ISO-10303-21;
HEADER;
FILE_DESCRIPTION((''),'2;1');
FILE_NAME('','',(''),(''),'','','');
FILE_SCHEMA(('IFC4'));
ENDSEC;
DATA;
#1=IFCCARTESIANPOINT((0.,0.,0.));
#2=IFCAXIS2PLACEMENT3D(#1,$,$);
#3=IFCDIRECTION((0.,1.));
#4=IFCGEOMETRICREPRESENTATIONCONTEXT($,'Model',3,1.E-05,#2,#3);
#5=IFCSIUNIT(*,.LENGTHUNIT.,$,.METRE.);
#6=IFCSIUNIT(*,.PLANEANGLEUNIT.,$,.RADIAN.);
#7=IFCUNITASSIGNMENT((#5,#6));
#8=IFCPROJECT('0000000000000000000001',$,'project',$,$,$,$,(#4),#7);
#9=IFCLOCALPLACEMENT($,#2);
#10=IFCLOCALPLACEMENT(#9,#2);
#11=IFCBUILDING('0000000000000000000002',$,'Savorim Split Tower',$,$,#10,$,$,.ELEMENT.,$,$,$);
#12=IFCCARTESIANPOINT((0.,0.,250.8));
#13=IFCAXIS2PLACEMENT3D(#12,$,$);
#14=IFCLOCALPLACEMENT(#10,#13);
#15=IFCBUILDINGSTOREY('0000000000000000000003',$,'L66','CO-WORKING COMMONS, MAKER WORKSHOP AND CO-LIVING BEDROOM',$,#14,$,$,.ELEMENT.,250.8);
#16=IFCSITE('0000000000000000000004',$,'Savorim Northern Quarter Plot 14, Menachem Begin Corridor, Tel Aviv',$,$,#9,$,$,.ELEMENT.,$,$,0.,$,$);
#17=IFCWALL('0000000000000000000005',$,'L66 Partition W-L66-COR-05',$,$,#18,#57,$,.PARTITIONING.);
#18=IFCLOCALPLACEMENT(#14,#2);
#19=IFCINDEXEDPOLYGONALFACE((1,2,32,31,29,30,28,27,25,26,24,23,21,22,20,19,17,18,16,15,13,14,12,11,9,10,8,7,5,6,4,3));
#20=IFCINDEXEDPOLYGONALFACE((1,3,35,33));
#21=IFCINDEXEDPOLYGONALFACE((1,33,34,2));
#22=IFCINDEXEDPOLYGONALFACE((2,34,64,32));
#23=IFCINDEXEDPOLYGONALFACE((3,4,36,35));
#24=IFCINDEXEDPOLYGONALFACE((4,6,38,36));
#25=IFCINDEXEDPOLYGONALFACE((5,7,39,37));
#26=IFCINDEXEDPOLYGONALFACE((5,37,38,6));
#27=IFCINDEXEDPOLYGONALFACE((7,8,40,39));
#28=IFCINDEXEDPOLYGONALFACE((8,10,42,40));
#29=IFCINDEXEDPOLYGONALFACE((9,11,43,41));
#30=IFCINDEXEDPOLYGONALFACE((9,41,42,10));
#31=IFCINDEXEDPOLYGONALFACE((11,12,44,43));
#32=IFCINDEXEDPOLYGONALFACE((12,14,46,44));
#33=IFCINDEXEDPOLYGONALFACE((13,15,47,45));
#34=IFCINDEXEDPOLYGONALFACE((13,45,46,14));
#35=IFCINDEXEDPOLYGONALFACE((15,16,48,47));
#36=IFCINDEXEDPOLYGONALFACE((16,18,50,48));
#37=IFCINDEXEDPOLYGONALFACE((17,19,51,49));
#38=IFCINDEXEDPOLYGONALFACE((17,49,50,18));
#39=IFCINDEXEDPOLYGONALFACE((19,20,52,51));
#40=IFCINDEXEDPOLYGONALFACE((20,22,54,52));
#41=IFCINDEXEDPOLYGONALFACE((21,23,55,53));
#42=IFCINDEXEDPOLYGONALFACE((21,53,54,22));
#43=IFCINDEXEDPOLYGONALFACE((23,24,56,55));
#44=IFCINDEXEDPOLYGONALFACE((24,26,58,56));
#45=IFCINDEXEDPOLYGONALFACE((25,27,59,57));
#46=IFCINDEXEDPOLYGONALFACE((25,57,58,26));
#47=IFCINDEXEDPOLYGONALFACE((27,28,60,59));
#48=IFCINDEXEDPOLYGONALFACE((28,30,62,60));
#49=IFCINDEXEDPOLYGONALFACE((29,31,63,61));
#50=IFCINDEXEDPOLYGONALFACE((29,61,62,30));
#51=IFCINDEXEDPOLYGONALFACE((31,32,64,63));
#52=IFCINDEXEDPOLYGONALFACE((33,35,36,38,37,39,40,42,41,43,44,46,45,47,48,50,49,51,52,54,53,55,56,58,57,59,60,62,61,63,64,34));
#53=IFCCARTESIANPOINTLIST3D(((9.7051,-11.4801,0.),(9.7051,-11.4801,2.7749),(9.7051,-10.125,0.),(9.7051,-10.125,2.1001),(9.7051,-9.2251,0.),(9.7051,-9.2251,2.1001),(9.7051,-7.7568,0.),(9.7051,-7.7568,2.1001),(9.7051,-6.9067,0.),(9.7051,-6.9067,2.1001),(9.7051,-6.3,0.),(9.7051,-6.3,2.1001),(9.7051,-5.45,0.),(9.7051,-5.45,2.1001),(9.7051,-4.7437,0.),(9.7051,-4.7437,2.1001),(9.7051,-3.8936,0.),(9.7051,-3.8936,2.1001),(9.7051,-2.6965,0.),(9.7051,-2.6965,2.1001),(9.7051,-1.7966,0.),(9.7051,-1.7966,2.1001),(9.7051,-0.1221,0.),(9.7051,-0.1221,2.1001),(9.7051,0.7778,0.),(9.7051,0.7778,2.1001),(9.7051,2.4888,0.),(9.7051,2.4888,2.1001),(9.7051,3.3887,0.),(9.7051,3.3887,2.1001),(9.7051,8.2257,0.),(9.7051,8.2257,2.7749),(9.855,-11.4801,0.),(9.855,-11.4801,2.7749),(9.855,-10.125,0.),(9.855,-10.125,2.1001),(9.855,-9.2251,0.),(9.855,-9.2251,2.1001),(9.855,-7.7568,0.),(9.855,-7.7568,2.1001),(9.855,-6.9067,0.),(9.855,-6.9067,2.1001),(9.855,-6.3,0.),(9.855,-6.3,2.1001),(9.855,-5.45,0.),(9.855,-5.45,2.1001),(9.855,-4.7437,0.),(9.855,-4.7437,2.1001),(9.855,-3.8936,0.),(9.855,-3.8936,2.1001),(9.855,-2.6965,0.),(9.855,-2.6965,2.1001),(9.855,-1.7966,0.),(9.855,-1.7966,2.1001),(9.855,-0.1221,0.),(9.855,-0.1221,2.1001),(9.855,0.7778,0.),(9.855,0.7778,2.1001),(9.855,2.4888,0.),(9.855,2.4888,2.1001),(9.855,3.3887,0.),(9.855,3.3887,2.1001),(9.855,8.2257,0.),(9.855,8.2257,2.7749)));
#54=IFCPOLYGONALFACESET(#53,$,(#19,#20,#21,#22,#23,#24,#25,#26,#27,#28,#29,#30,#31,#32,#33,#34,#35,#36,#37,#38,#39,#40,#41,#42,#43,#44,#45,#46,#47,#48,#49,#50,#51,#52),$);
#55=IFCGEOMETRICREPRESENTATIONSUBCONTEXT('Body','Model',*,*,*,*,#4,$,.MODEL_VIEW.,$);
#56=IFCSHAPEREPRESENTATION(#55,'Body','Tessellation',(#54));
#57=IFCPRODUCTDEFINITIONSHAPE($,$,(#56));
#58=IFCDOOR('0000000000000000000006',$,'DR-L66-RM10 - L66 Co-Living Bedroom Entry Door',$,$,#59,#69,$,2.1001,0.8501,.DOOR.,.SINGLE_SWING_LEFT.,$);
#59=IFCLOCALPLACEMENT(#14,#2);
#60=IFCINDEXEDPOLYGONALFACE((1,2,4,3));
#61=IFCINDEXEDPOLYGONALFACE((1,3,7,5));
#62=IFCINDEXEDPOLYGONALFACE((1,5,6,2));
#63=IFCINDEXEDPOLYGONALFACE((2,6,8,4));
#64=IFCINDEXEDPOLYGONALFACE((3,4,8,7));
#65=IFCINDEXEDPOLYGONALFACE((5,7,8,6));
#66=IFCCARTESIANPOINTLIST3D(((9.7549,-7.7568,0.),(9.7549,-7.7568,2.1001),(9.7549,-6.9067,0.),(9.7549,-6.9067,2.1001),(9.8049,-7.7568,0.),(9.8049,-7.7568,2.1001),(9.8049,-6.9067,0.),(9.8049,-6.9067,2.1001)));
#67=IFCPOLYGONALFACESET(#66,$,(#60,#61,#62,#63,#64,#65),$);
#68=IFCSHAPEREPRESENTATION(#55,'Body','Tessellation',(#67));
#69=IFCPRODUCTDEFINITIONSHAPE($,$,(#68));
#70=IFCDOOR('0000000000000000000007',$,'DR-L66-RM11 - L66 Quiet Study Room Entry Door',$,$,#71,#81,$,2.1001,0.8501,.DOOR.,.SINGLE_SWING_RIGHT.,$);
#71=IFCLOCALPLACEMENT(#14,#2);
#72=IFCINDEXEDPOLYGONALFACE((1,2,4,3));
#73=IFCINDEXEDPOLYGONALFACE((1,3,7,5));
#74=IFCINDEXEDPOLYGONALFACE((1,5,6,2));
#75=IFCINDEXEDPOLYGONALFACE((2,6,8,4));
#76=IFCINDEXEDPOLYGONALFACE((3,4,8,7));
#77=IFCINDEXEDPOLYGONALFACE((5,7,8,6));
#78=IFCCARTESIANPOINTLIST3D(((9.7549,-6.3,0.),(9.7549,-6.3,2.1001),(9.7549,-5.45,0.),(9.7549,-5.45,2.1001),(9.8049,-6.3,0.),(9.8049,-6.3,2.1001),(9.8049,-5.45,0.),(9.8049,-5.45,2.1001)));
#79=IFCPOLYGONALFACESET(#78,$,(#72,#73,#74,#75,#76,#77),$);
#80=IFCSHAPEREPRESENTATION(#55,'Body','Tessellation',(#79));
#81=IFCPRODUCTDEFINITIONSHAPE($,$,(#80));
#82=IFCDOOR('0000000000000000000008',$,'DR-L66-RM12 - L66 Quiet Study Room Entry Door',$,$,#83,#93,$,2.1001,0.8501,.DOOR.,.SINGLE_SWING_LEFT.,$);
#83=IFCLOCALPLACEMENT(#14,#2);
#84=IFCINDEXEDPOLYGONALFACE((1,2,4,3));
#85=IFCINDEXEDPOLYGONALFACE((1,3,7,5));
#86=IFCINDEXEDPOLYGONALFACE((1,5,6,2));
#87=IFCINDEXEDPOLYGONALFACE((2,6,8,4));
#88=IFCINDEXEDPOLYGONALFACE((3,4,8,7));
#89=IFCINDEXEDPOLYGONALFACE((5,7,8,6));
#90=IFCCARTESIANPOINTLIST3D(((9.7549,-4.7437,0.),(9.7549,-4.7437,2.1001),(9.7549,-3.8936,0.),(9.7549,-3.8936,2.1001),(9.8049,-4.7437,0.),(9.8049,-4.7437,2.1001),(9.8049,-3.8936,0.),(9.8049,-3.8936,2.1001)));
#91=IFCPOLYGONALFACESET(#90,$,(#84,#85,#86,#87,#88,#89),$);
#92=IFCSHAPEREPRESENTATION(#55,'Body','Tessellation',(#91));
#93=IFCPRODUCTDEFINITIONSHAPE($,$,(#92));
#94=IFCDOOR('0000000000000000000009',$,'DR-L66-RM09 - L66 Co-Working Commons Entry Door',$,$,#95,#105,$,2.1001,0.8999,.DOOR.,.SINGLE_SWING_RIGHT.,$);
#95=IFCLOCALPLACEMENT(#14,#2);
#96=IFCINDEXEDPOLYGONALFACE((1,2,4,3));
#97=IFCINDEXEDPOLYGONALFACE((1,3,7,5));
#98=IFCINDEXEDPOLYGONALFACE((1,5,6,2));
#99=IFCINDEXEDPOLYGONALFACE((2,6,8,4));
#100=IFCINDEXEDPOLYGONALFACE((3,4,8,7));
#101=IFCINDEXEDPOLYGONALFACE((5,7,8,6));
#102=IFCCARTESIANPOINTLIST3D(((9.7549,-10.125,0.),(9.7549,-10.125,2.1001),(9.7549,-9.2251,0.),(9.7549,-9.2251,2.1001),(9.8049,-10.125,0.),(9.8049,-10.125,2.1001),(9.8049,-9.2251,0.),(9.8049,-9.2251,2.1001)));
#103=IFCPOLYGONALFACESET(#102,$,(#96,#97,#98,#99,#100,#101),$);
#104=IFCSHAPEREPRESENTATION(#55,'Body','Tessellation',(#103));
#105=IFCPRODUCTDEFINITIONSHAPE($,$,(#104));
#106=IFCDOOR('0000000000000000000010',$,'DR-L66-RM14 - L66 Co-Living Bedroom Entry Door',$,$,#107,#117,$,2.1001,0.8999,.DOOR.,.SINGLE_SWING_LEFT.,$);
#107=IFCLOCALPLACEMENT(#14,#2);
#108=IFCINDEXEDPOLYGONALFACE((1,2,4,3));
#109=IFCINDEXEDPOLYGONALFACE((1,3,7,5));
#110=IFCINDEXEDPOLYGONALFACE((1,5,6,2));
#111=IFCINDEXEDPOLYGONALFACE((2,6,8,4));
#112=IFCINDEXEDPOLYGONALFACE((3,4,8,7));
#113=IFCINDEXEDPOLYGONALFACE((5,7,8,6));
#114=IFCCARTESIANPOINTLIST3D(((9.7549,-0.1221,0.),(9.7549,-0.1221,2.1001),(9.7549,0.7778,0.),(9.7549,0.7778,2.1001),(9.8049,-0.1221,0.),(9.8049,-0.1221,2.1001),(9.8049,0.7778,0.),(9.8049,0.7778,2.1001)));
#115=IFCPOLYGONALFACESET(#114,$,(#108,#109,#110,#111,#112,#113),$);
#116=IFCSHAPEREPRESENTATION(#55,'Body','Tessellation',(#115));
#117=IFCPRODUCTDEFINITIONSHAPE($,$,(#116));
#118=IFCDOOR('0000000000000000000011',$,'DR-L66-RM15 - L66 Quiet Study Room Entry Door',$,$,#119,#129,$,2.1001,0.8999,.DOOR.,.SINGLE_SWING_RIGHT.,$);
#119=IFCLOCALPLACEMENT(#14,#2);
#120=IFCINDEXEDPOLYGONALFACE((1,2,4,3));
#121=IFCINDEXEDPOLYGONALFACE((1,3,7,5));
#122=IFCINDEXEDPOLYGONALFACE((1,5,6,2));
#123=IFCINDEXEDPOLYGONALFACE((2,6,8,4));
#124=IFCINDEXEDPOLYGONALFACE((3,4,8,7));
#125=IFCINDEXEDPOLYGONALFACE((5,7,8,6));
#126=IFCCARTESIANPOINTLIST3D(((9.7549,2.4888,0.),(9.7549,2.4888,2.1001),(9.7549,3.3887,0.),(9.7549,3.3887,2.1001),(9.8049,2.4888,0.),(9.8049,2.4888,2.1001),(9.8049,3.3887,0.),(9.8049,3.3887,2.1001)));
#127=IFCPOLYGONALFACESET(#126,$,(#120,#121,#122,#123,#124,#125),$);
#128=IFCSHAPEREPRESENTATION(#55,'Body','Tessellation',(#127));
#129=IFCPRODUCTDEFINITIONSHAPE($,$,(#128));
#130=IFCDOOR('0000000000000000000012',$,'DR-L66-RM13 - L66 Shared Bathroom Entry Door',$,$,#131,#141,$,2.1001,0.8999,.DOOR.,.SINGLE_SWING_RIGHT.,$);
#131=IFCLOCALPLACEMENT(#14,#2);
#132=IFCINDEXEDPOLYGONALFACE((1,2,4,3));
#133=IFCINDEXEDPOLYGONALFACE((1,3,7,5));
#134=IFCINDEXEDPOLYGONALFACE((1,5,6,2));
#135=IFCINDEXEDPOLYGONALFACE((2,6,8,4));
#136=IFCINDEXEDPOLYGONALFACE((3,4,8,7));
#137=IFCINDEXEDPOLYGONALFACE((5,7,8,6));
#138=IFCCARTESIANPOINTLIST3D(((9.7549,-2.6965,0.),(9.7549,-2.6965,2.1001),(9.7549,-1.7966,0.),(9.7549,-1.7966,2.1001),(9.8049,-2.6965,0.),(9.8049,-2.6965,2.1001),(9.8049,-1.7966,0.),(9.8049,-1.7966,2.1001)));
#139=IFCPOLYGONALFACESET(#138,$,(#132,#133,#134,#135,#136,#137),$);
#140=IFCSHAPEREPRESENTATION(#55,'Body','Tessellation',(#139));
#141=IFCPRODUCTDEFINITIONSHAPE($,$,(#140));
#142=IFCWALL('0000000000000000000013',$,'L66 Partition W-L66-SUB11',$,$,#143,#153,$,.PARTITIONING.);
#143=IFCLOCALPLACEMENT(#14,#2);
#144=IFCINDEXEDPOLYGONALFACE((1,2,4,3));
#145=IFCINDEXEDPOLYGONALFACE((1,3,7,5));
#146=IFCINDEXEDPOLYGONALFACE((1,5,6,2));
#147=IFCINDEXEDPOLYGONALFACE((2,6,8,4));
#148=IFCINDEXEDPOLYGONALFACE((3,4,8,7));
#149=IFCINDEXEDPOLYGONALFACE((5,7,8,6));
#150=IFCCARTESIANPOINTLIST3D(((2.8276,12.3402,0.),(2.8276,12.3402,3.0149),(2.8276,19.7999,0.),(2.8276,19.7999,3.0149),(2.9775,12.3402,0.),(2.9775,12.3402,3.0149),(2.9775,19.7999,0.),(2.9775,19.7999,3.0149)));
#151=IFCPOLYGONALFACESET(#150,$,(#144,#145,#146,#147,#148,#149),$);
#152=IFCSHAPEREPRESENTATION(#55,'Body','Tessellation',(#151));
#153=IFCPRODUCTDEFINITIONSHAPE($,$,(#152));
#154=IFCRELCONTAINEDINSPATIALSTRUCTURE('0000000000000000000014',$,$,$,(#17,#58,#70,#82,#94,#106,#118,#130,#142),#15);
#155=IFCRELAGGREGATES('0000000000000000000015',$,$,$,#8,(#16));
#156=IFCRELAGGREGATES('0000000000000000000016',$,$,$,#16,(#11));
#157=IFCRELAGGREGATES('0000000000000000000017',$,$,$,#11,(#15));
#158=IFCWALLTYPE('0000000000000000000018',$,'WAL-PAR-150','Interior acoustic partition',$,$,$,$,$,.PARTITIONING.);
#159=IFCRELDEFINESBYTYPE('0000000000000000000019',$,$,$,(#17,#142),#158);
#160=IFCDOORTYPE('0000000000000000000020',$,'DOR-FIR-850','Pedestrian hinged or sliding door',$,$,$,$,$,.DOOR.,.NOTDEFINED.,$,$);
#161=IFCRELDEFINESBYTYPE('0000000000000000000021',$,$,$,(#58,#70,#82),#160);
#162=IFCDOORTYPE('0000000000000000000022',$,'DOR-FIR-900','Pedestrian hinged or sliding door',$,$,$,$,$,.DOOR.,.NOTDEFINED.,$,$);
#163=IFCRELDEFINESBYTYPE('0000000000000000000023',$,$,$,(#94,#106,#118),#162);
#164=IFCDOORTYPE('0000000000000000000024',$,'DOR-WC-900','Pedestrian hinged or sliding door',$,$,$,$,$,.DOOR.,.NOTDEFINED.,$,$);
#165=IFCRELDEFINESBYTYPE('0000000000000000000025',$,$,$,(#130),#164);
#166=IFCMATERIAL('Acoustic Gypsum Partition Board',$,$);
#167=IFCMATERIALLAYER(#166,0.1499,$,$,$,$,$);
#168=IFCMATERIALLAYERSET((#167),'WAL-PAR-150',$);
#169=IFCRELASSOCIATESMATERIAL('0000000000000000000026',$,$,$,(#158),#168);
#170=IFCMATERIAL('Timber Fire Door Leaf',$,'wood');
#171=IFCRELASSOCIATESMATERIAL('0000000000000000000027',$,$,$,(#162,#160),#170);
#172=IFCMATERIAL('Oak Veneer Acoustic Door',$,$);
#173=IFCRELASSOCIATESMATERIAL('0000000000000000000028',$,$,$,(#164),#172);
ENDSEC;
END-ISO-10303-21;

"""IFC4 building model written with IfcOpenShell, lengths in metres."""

from ifc_helpers import new_model, si_unit, direction, frame, frame_2d, origin, place, context, subcontext, project, spatial, rectangle, extrude, material, layer, layer_set, type_object, element, fill, save


model = new_model("IFC4")

# Units and contexts
model_context = context("Model", 3, precision=1e-05, world=origin(), true_north=direction((0.0, 1.0)))
body_context = subcontext(model_context, "Body", "Model", "MODEL_VIEW")
ifc_project = project(units=[si_unit("LENGTHUNIT", "METRE"), si_unit("PLANEANGLEUNIT", "RADIAN")], contexts=[model_context])

# Site, building, storey
site_placement = place(None, origin())
site = spatial("IfcSite", under=ifc_project, at=site_placement, Name="Savorim Northern Quarter Plot 14, Menachem Begin Corridor, Tel Aviv", CompositionType="ELEMENT", RefElevation=0.0)
building_placement = place(site_placement, origin())
building = spatial("IfcBuilding", under=site, at=building_placement, Name="Savorim Split Tower", CompositionType="ELEMENT")
storey_placement = place(building_placement, frame((0.0, 0.0, 250.8)))
storey = spatial("IfcBuildingStorey", under=building, at=storey_placement, Name="L66", Description="CO-WORKING COMMONS, MAKER WORKSHOP AND CO-LIVING BEDROOM", CompositionType="ELEMENT", Elevation=250.8)

# Shared definitions
ifc_material_1 = material(Name="Timber Fire Door Leaf", Category="wood")

# Shared definitions
ifc_material_2 = material(Name="Acoustic Gypsum Partition Board")
ifc_layer_1 = layer(ifc_material_2, 0.1499)
ifc_layer_set_1 = layer_set([ifc_layer_1], Name="WAL-PAR-150")
wall_type_1 = type_object("IfcWallType", Name="WAL-PAR-150", Description="Interior acoustic partition", PredefinedType="PARTITIONING", material=ifc_layer_set_1)
door_type_1 = type_object("IfcDoorType", Name="DOR-FIR-900", Description="Pedestrian hinged or sliding door", OperationType="NOTDEFINED", PredefinedType="DOOR", material=ifc_material_1)

# Wall, openings, doors
wall_1_placement = place(storey_placement, frame((9.78, 8.2258, 0.0), z_axis=(0.0, 0.0, 1.0), x_axis=(0.0, -1.0, 0.0)))
wall_1 = element("IfcWall", 1, at=wall_1_placement, inside=storey, type_object=wall_type_1, Name="L66 Partition W-L66-COR-05", PredefinedType="PARTITIONING", context=body_context, shape_type="SweptSolid", body=[
    extrude(rectangle(XDim=19.7058, YDim=0.1499, at=frame_2d((9.853, 0.0))), origin(), (0.0, 0.0, 1.0), 2.7749),
])
opening_1_placement = place(wall_1_placement, frame((17.4509, 0.0, 0.0)))
opening_1 = element("IfcOpeningElement", 2, at=opening_1_placement, cuts=wall_1, PredefinedType="OPENING", context=body_context, shape_type="SweptSolid", body=[
    extrude(rectangle(XDim=0.8999, YDim=2.1001, at=frame_2d((0.45, 1.05))), frame((0.0, 0.085, 0.0), z_axis=(0.0, -1.0, 0.0), x_axis=(1.0, 0.0, 0.0)), (0.0, 0.0, 1.0), 0.1699),
])
opening_2_placement = place(wall_1_placement, frame((15.1326, 0.0, 0.0)))
opening_2 = element("IfcOpeningElement", 3, at=opening_2_placement, cuts=wall_1, PredefinedType="OPENING", context=body_context, shape_type="SweptSolid", body=[
    extrude(rectangle(XDim=0.8501, YDim=2.1001, at=frame_2d((0.425, 1.05))), frame((0.0, 0.085, 0.0), z_axis=(0.0, -1.0, 0.0), x_axis=(1.0, 0.0, 0.0)), (0.0, 0.0, 1.0), 0.1699),
])
opening_3_placement = place(wall_1_placement, frame((13.6758, 0.0, 0.0)))
opening_3 = element("IfcOpeningElement", 4, at=opening_3_placement, cuts=wall_1, PredefinedType="OPENING", context=body_context, shape_type="SweptSolid", body=[
    extrude(rectangle(XDim=0.8501, YDim=2.1001, at=frame_2d((0.425, 1.05))), frame((0.0, 0.085, 0.0), z_axis=(0.0, -1.0, 0.0), x_axis=(1.0, 0.0, 0.0)), (0.0, 0.0, 1.0), 0.1699),
])
opening_4_placement = place(wall_1_placement, frame((12.1194, 0.0, 0.0)))
opening_4 = element("IfcOpeningElement", 5, at=opening_4_placement, cuts=wall_1, PredefinedType="OPENING", context=body_context, shape_type="SweptSolid", body=[
    extrude(rectangle(XDim=0.8501, YDim=2.1001, at=frame_2d((0.425, 1.05))), frame((0.0, 0.085, 0.0), z_axis=(0.0, -1.0, 0.0), x_axis=(1.0, 0.0, 0.0)), (0.0, 0.0, 1.0), 0.1699),
])
opening_5_placement = place(wall_1_placement, frame((10.0225, 0.0, 0.0)))
opening_5 = element("IfcOpeningElement", 6, at=opening_5_placement, cuts=wall_1, PredefinedType="OPENING", context=body_context, shape_type="SweptSolid", body=[
    extrude(rectangle(XDim=0.8999, YDim=2.1001, at=frame_2d((0.45, 1.05))), frame((0.0, 0.085, 0.0), z_axis=(0.0, -1.0, 0.0), x_axis=(1.0, 0.0, 0.0)), (0.0, 0.0, 1.0), 0.1699),
])
opening_6_placement = place(wall_1_placement, frame((7.448, 0.0, 0.0)))
opening_6 = element("IfcOpeningElement", 7, at=opening_6_placement, cuts=wall_1, PredefinedType="OPENING", context=body_context, shape_type="SweptSolid", body=[
    extrude(rectangle(XDim=0.8999, YDim=2.1001, at=frame_2d((0.45, 1.05))), frame((0.0, 0.085, 0.0), z_axis=(0.0, -1.0, 0.0), x_axis=(1.0, 0.0, 0.0)), (0.0, 0.0, 1.0), 0.1699),
])
opening_7_placement = place(wall_1_placement, frame((4.8372, 0.0, 0.0)))
opening_7 = element("IfcOpeningElement", 8, at=opening_7_placement, cuts=wall_1, PredefinedType="OPENING", context=body_context, shape_type="SweptSolid", body=[
    extrude(rectangle(XDim=0.8999, YDim=2.1001, at=frame_2d((0.45, 1.05))), frame((0.0, 0.085, 0.0), z_axis=(0.0, -1.0, 0.0), x_axis=(1.0, 0.0, 0.0)), (0.0, 0.0, 1.0), 0.1699),
])
door_type_2 = type_object("IfcDoorType", Name="DOR-FIR-850", Description="Pedestrian hinged or sliding door", OperationType="NOTDEFINED", PredefinedType="DOOR", material=ifc_material_1)
door_1_placement = place(opening_2_placement, origin())
door_1 = element("IfcDoor", 9, at=door_1_placement, inside=storey, type_object=door_type_2, Name="DR-L66-RM10 - L66 Co-Living Bedroom Entry Door", OperationType="SINGLE_SWING_LEFT", OverallHeight=2.1001, OverallWidth=0.8501, PredefinedType="DOOR", context=body_context, shape_type="SweptSolid", body=[
    extrude(rectangle(XDim=0.8501, YDim=2.1001, at=frame_2d((0.425, 1.05))), frame((0.0, 0.0249, 0.0), z_axis=(0.0, -1.0, 0.0), x_axis=(1.0, 0.0, 0.0)), (0.0, 0.0, 1.0), 0.05),
])
fill(opening_2, door_1)
door_2_placement = place(opening_3_placement, origin())
door_2 = element("IfcDoor", 10, at=door_2_placement, inside=storey, type_object=door_type_2, Name="DR-L66-RM11 - L66 Quiet Study Room Entry Door", OperationType="SINGLE_SWING_RIGHT", OverallHeight=2.1001, OverallWidth=0.8501, PredefinedType="DOOR", context=body_context, shape_type="SweptSolid", body=[
    extrude(rectangle(XDim=0.8501, YDim=2.1001, at=frame_2d((0.425, 1.05))), frame((0.0, 0.0249, 0.0), z_axis=(0.0, -1.0, 0.0), x_axis=(1.0, 0.0, 0.0)), (0.0, 0.0, 1.0), 0.05),
])
fill(opening_3, door_2)
door_3_placement = place(opening_4_placement, origin())
door_3 = element("IfcDoor", 11, at=door_3_placement, inside=storey, type_object=door_type_2, Name="DR-L66-RM12 - L66 Quiet Study Room Entry Door", OperationType="SINGLE_SWING_LEFT", OverallHeight=2.1001, OverallWidth=0.8501, PredefinedType="DOOR", context=body_context, shape_type="SweptSolid", body=[
    extrude(rectangle(XDim=0.8501, YDim=2.1001, at=frame_2d((0.425, 1.05))), frame((0.0, 0.0249, 0.0), z_axis=(0.0, -1.0, 0.0), x_axis=(1.0, 0.0, 0.0)), (0.0, 0.0, 1.0), 0.05),
])
fill(opening_4, door_3)
door_4_placement = place(opening_1_placement, origin())
door_4 = element("IfcDoor", 12, at=door_4_placement, inside=storey, type_object=door_type_1, Name="DR-L66-RM09 - L66 Co-Working Commons Entry Door", OperationType="SINGLE_SWING_RIGHT", OverallHeight=2.1001, OverallWidth=0.8999, PredefinedType="DOOR", context=body_context, shape_type="SweptSolid", body=[
    extrude(rectangle(XDim=0.8999, YDim=2.1001, at=frame_2d((0.45, 1.05))), frame((0.0, 0.0249, 0.0), z_axis=(0.0, -1.0, 0.0), x_axis=(1.0, 0.0, 0.0)), (0.0, 0.0, 1.0), 0.05),
])
fill(opening_1, door_4)
door_5_placement = place(opening_6_placement, origin())
door_5 = element("IfcDoor", 13, at=door_5_placement, inside=storey, type_object=door_type_1, Name="DR-L66-RM14 - L66 Co-Living Bedroom Entry Door", OperationType="SINGLE_SWING_LEFT", OverallHeight=2.1001, OverallWidth=0.8999, PredefinedType="DOOR", context=body_context, shape_type="SweptSolid", body=[
    extrude(rectangle(XDim=0.8999, YDim=2.1001, at=frame_2d((0.45, 1.05))), frame((0.0, 0.0249, 0.0), z_axis=(0.0, -1.0, 0.0), x_axis=(1.0, 0.0, 0.0)), (0.0, 0.0, 1.0), 0.05),
])
fill(opening_6, door_5)
door_6_placement = place(opening_7_placement, origin())
door_6 = element("IfcDoor", 14, at=door_6_placement, inside=storey, type_object=door_type_1, Name="DR-L66-RM15 - L66 Quiet Study Room Entry Door", OperationType="SINGLE_SWING_RIGHT", OverallHeight=2.1001, OverallWidth=0.8999, PredefinedType="DOOR", context=body_context, shape_type="SweptSolid", body=[
    extrude(rectangle(XDim=0.8999, YDim=2.1001, at=frame_2d((0.45, 1.05))), frame((0.0, 0.0249, 0.0), z_axis=(0.0, -1.0, 0.0), x_axis=(1.0, 0.0, 0.0)), (0.0, 0.0, 1.0), 0.05),
])
fill(opening_7, door_6)
ifc_material_3 = material(Name="Oak Veneer Acoustic Door")
door_type_3 = type_object("IfcDoorType", Name="DOR-WC-900", Description="Pedestrian hinged or sliding door", OperationType="NOTDEFINED", PredefinedType="DOOR", material=ifc_material_3)
door_7_placement = place(opening_5_placement, origin())
door_7 = element("IfcDoor", 15, at=door_7_placement, inside=storey, type_object=door_type_3, Name="DR-L66-RM13 - L66 Shared Bathroom Entry Door", OperationType="SINGLE_SWING_RIGHT", OverallHeight=2.1001, OverallWidth=0.8999, PredefinedType="DOOR", context=body_context, shape_type="SweptSolid", body=[
    extrude(rectangle(XDim=0.8999, YDim=2.1001, at=frame_2d((0.45, 1.05))), frame((0.0, 0.0249, 0.0), z_axis=(0.0, -1.0, 0.0), x_axis=(1.0, 0.0, 0.0)), (0.0, 0.0, 1.0), 0.05),
])
fill(opening_5, door_7)

# Wall
wall_2_placement = place(storey_placement, frame((2.9026, 12.3401, 0.0), z_axis=(0.0, 0.0, 1.0), x_axis=(0.0, 1.0, 0.0)))
element("IfcWall", 16, at=wall_2_placement, inside=storey, type_object=wall_type_1, Name="L66 Partition W-L66-SUB11", PredefinedType="PARTITIONING", context=body_context, shape_type="SweptSolid", body=[
    extrude(rectangle(XDim=7.4597, YDim=0.1499, at=frame_2d((3.73, 0.0))), origin(), (0.0, 0.0, 1.0), 3.0149),
])

save(model, "model.ifc")
